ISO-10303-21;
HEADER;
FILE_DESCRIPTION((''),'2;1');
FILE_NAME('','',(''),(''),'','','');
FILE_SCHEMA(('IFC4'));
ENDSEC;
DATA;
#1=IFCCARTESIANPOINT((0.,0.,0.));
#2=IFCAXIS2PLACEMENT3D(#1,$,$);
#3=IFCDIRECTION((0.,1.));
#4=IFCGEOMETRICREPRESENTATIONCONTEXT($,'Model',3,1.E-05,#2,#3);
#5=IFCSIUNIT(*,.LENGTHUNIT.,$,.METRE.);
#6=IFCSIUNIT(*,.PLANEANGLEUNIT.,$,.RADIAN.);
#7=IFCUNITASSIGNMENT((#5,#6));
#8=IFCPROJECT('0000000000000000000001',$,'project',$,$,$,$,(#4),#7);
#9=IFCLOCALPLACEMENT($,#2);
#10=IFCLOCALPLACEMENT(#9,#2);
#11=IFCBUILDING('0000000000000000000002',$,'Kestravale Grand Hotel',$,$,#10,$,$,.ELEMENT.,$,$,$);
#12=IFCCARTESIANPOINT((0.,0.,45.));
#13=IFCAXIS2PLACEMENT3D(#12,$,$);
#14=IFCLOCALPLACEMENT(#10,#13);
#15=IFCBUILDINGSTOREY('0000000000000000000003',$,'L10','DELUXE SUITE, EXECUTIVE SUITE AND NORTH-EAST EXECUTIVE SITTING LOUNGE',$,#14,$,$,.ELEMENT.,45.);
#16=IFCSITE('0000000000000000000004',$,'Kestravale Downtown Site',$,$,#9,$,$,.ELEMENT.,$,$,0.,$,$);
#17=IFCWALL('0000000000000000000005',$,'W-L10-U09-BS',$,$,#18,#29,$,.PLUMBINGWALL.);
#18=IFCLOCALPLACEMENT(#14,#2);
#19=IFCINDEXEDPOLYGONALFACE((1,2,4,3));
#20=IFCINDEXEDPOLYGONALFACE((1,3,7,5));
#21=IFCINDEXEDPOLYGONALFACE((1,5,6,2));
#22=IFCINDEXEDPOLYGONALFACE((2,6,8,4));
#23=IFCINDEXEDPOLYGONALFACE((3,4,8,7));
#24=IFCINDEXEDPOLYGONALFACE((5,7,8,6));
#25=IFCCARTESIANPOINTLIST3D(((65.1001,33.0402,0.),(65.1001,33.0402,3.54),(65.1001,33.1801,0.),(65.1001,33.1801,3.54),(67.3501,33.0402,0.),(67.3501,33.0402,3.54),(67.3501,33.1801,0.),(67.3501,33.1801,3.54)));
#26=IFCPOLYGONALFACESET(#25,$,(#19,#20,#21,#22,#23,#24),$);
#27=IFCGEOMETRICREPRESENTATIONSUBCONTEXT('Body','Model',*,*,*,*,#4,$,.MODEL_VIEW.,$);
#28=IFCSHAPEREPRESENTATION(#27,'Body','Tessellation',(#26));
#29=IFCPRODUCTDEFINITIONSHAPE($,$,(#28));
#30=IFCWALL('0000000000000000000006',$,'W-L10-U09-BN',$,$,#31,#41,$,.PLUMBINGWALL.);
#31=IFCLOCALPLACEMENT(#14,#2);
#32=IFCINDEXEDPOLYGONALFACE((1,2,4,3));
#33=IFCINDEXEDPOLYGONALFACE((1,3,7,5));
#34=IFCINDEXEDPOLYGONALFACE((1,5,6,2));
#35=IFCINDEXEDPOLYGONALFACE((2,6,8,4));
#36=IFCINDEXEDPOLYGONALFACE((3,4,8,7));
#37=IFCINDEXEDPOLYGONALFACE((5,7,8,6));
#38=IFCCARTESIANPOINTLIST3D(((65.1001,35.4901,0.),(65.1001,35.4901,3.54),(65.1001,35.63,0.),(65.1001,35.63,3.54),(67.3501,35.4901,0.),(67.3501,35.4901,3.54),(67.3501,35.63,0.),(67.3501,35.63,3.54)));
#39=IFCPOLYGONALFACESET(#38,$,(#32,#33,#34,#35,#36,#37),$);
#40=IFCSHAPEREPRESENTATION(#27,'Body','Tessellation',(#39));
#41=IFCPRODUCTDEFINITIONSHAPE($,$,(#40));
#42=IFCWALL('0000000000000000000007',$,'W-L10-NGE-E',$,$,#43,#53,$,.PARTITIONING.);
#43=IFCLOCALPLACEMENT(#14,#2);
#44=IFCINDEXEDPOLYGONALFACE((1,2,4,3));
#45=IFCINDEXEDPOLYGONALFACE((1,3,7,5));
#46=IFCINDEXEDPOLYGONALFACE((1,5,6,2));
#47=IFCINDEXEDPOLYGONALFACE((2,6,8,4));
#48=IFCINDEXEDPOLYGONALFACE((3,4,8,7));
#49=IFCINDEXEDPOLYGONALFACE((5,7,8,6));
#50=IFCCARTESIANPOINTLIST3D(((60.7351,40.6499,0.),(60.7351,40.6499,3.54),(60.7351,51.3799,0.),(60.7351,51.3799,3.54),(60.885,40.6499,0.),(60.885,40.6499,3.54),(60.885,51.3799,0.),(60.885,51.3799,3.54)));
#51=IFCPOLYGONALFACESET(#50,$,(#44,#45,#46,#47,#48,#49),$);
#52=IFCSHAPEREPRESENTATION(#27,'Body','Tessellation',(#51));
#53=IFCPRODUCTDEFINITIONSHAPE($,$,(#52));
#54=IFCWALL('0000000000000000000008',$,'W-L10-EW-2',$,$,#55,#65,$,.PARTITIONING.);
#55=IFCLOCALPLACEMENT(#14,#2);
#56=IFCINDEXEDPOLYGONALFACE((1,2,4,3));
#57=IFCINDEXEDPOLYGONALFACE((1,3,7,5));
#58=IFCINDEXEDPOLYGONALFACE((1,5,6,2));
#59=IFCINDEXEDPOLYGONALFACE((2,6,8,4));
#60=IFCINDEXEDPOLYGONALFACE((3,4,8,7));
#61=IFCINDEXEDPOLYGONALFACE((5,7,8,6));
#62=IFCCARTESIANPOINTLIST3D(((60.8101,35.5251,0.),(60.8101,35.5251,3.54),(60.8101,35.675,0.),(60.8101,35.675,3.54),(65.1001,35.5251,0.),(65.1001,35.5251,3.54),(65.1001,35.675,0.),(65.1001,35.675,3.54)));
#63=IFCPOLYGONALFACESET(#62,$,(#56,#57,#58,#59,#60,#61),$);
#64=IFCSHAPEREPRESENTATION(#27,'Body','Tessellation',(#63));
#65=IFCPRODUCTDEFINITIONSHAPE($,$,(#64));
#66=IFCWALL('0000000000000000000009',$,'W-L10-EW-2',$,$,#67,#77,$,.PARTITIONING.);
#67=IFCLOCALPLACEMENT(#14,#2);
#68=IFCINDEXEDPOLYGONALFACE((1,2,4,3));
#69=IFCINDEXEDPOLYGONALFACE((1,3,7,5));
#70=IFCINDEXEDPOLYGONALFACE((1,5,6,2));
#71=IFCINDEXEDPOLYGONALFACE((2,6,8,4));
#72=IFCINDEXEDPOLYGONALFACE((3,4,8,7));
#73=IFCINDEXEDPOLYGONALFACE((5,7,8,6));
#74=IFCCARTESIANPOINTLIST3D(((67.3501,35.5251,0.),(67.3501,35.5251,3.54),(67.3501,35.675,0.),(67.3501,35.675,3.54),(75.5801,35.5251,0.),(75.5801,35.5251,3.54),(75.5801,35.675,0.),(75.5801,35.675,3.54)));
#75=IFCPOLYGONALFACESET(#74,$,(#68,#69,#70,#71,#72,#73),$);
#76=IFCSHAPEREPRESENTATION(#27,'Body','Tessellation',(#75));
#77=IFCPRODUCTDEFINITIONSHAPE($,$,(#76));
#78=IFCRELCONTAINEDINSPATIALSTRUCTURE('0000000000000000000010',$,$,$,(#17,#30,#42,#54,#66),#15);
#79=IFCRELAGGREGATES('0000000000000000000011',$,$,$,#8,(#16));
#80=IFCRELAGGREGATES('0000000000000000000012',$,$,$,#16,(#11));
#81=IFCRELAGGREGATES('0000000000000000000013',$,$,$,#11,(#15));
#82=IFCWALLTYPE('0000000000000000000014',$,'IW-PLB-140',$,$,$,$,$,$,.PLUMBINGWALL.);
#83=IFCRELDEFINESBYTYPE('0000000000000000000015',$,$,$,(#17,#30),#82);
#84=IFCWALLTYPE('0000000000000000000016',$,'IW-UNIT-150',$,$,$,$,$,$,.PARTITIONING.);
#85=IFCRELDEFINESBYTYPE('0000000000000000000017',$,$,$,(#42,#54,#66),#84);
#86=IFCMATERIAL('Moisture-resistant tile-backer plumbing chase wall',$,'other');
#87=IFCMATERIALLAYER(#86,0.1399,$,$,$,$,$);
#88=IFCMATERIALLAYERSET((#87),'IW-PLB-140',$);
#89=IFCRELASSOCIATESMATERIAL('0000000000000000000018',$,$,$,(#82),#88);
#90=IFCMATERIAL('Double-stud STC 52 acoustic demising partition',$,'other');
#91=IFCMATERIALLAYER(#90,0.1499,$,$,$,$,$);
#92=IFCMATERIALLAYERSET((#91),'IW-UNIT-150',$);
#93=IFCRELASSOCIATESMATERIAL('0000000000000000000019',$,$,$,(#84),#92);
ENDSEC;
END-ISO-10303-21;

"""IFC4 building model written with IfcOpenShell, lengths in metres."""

from ifc_helpers import new_model, si_unit, direction, frame, frame_2d, origin, place, context, subcontext, project, spatial, rectangle, extrude, material, layer, layer_set, type_object, element, save


model = new_model("IFC4")

# Units and contexts
model_context = context("Model", 3, precision=1e-05, world=origin(), true_north=direction((0.0, 1.0)))
body_context = subcontext(model_context, "Body", "Model", "MODEL_VIEW")
ifc_project = project(units=[si_unit("LENGTHUNIT", "METRE"), si_unit("PLANEANGLEUNIT", "RADIAN")], contexts=[model_context])

# Site, building, storey
site_placement = place(None, origin())
site = spatial("IfcSite", under=ifc_project, at=site_placement, Name="Kestravale Downtown Site", CompositionType="ELEMENT", RefElevation=0.0)
building_placement = place(site_placement, origin())
building = spatial("IfcBuilding", under=site, at=building_placement, Name="Kestravale Grand Hotel", CompositionType="ELEMENT")
storey_placement = place(building_placement, frame((0.0, 0.0, 45.0)))
storey = spatial("IfcBuildingStorey", under=building, at=storey_placement, Name="L10", Description="DELUXE SUITE, EXECUTIVE SUITE AND NORTH-EAST EXECUTIVE SITTING LOUNGE", CompositionType="ELEMENT", Elevation=45.0)

# Shared definitions
ifc_material_1 = material(Name="Moisture-resistant tile-backer plumbing chase wall", Category="other")
ifc_layer_1 = layer(ifc_material_1, 0.1399)
ifc_layer_set_1 = layer_set([ifc_layer_1], Name="IW-PLB-140")
wall_type_1 = type_object("IfcWallType", Name="IW-PLB-140", PredefinedType="PLUMBINGWALL", material=ifc_layer_set_1)

# Walls
for number, where, z_axis, x_axis, name in (
    (1, (65.1001, 33.1101, 0.0), (0.0, 0.0, 1.0), (1.0, 0.0, 0.0), "W-L10-U09-BS"),
    (2, (65.1001, 35.5601, 0.0), (0.0, 0.0, 1.0), (1.0, 0.0, 0.0), "W-L10-U09-BN"),
):
    element("IfcWall", number, at=place(storey_placement, frame(where, z_axis=z_axis, x_axis=x_axis)), inside=storey, type_object=wall_type_1, Name=name, PredefinedType="PLUMBINGWALL", context=body_context, shape_type="SweptSolid", body=[
        extrude(rectangle(XDim=2.25, YDim=0.1399, at=frame_2d((1.125, 0.0))), origin(), (0.0, 0.0, 1.0), 3.54),
    ])

# Shared definitions
ifc_material_2 = material(Name="Double-stud STC 52 acoustic demising partition", Category="other")
ifc_layer_2 = layer(ifc_material_2, 0.1499)
ifc_layer_set_2 = layer_set([ifc_layer_2], Name="IW-UNIT-150")
wall_type_2 = type_object("IfcWallType", Name="IW-UNIT-150", PredefinedType="PARTITIONING", material=ifc_layer_set_2)

# Walls
wall_1_placement = place(storey_placement, frame((60.8101, 40.6499, 0.0), z_axis=(0.0, 0.0, 1.0), x_axis=(0.0, 1.0, 0.0)))
element("IfcWall", 3, at=wall_1_placement, inside=storey, type_object=wall_type_2, Name="W-L10-NGE-E", PredefinedType="PARTITIONING", context=body_context, shape_type="SweptSolid", body=[
    extrude(rectangle(XDim=10.73, YDim=0.1499, at=frame_2d((5.365, 0.0))), origin(), (0.0, 0.0, 1.0), 3.54),
])
wall_2_placement = place(storey_placement, frame((60.8101, 35.6001, 0.0), z_axis=(0.0, 0.0, 1.0), x_axis=(1.0, 0.0, 0.0)))
element("IfcWall", 4, at=wall_2_placement, inside=storey, type_object=wall_type_2, Name="W-L10-EW-2", PredefinedType="PARTITIONING", context=body_context, shape_type="SweptSolid", body=[
    extrude(rectangle(XDim=4.29, YDim=0.1499, at=frame_2d((2.145, 0.0))), origin(), (0.0, 0.0, 1.0), 3.54),
])
wall_3_placement = place(storey_placement, frame((67.3501, 35.6001, 0.0), z_axis=(0.0, 0.0, 1.0), x_axis=(1.0, 0.0, 0.0)))
element("IfcWall", 5, at=wall_3_placement, inside=storey, type_object=wall_type_2, Name="W-L10-EW-2", PredefinedType="PARTITIONING", context=body_context, shape_type="SweptSolid", body=[
    extrude(rectangle(XDim=8.23, YDim=0.1499, at=frame_2d((4.115, 0.0))), origin(), (0.0, 0.0, 1.0), 3.54),
])

save(model, "model.ifc")
